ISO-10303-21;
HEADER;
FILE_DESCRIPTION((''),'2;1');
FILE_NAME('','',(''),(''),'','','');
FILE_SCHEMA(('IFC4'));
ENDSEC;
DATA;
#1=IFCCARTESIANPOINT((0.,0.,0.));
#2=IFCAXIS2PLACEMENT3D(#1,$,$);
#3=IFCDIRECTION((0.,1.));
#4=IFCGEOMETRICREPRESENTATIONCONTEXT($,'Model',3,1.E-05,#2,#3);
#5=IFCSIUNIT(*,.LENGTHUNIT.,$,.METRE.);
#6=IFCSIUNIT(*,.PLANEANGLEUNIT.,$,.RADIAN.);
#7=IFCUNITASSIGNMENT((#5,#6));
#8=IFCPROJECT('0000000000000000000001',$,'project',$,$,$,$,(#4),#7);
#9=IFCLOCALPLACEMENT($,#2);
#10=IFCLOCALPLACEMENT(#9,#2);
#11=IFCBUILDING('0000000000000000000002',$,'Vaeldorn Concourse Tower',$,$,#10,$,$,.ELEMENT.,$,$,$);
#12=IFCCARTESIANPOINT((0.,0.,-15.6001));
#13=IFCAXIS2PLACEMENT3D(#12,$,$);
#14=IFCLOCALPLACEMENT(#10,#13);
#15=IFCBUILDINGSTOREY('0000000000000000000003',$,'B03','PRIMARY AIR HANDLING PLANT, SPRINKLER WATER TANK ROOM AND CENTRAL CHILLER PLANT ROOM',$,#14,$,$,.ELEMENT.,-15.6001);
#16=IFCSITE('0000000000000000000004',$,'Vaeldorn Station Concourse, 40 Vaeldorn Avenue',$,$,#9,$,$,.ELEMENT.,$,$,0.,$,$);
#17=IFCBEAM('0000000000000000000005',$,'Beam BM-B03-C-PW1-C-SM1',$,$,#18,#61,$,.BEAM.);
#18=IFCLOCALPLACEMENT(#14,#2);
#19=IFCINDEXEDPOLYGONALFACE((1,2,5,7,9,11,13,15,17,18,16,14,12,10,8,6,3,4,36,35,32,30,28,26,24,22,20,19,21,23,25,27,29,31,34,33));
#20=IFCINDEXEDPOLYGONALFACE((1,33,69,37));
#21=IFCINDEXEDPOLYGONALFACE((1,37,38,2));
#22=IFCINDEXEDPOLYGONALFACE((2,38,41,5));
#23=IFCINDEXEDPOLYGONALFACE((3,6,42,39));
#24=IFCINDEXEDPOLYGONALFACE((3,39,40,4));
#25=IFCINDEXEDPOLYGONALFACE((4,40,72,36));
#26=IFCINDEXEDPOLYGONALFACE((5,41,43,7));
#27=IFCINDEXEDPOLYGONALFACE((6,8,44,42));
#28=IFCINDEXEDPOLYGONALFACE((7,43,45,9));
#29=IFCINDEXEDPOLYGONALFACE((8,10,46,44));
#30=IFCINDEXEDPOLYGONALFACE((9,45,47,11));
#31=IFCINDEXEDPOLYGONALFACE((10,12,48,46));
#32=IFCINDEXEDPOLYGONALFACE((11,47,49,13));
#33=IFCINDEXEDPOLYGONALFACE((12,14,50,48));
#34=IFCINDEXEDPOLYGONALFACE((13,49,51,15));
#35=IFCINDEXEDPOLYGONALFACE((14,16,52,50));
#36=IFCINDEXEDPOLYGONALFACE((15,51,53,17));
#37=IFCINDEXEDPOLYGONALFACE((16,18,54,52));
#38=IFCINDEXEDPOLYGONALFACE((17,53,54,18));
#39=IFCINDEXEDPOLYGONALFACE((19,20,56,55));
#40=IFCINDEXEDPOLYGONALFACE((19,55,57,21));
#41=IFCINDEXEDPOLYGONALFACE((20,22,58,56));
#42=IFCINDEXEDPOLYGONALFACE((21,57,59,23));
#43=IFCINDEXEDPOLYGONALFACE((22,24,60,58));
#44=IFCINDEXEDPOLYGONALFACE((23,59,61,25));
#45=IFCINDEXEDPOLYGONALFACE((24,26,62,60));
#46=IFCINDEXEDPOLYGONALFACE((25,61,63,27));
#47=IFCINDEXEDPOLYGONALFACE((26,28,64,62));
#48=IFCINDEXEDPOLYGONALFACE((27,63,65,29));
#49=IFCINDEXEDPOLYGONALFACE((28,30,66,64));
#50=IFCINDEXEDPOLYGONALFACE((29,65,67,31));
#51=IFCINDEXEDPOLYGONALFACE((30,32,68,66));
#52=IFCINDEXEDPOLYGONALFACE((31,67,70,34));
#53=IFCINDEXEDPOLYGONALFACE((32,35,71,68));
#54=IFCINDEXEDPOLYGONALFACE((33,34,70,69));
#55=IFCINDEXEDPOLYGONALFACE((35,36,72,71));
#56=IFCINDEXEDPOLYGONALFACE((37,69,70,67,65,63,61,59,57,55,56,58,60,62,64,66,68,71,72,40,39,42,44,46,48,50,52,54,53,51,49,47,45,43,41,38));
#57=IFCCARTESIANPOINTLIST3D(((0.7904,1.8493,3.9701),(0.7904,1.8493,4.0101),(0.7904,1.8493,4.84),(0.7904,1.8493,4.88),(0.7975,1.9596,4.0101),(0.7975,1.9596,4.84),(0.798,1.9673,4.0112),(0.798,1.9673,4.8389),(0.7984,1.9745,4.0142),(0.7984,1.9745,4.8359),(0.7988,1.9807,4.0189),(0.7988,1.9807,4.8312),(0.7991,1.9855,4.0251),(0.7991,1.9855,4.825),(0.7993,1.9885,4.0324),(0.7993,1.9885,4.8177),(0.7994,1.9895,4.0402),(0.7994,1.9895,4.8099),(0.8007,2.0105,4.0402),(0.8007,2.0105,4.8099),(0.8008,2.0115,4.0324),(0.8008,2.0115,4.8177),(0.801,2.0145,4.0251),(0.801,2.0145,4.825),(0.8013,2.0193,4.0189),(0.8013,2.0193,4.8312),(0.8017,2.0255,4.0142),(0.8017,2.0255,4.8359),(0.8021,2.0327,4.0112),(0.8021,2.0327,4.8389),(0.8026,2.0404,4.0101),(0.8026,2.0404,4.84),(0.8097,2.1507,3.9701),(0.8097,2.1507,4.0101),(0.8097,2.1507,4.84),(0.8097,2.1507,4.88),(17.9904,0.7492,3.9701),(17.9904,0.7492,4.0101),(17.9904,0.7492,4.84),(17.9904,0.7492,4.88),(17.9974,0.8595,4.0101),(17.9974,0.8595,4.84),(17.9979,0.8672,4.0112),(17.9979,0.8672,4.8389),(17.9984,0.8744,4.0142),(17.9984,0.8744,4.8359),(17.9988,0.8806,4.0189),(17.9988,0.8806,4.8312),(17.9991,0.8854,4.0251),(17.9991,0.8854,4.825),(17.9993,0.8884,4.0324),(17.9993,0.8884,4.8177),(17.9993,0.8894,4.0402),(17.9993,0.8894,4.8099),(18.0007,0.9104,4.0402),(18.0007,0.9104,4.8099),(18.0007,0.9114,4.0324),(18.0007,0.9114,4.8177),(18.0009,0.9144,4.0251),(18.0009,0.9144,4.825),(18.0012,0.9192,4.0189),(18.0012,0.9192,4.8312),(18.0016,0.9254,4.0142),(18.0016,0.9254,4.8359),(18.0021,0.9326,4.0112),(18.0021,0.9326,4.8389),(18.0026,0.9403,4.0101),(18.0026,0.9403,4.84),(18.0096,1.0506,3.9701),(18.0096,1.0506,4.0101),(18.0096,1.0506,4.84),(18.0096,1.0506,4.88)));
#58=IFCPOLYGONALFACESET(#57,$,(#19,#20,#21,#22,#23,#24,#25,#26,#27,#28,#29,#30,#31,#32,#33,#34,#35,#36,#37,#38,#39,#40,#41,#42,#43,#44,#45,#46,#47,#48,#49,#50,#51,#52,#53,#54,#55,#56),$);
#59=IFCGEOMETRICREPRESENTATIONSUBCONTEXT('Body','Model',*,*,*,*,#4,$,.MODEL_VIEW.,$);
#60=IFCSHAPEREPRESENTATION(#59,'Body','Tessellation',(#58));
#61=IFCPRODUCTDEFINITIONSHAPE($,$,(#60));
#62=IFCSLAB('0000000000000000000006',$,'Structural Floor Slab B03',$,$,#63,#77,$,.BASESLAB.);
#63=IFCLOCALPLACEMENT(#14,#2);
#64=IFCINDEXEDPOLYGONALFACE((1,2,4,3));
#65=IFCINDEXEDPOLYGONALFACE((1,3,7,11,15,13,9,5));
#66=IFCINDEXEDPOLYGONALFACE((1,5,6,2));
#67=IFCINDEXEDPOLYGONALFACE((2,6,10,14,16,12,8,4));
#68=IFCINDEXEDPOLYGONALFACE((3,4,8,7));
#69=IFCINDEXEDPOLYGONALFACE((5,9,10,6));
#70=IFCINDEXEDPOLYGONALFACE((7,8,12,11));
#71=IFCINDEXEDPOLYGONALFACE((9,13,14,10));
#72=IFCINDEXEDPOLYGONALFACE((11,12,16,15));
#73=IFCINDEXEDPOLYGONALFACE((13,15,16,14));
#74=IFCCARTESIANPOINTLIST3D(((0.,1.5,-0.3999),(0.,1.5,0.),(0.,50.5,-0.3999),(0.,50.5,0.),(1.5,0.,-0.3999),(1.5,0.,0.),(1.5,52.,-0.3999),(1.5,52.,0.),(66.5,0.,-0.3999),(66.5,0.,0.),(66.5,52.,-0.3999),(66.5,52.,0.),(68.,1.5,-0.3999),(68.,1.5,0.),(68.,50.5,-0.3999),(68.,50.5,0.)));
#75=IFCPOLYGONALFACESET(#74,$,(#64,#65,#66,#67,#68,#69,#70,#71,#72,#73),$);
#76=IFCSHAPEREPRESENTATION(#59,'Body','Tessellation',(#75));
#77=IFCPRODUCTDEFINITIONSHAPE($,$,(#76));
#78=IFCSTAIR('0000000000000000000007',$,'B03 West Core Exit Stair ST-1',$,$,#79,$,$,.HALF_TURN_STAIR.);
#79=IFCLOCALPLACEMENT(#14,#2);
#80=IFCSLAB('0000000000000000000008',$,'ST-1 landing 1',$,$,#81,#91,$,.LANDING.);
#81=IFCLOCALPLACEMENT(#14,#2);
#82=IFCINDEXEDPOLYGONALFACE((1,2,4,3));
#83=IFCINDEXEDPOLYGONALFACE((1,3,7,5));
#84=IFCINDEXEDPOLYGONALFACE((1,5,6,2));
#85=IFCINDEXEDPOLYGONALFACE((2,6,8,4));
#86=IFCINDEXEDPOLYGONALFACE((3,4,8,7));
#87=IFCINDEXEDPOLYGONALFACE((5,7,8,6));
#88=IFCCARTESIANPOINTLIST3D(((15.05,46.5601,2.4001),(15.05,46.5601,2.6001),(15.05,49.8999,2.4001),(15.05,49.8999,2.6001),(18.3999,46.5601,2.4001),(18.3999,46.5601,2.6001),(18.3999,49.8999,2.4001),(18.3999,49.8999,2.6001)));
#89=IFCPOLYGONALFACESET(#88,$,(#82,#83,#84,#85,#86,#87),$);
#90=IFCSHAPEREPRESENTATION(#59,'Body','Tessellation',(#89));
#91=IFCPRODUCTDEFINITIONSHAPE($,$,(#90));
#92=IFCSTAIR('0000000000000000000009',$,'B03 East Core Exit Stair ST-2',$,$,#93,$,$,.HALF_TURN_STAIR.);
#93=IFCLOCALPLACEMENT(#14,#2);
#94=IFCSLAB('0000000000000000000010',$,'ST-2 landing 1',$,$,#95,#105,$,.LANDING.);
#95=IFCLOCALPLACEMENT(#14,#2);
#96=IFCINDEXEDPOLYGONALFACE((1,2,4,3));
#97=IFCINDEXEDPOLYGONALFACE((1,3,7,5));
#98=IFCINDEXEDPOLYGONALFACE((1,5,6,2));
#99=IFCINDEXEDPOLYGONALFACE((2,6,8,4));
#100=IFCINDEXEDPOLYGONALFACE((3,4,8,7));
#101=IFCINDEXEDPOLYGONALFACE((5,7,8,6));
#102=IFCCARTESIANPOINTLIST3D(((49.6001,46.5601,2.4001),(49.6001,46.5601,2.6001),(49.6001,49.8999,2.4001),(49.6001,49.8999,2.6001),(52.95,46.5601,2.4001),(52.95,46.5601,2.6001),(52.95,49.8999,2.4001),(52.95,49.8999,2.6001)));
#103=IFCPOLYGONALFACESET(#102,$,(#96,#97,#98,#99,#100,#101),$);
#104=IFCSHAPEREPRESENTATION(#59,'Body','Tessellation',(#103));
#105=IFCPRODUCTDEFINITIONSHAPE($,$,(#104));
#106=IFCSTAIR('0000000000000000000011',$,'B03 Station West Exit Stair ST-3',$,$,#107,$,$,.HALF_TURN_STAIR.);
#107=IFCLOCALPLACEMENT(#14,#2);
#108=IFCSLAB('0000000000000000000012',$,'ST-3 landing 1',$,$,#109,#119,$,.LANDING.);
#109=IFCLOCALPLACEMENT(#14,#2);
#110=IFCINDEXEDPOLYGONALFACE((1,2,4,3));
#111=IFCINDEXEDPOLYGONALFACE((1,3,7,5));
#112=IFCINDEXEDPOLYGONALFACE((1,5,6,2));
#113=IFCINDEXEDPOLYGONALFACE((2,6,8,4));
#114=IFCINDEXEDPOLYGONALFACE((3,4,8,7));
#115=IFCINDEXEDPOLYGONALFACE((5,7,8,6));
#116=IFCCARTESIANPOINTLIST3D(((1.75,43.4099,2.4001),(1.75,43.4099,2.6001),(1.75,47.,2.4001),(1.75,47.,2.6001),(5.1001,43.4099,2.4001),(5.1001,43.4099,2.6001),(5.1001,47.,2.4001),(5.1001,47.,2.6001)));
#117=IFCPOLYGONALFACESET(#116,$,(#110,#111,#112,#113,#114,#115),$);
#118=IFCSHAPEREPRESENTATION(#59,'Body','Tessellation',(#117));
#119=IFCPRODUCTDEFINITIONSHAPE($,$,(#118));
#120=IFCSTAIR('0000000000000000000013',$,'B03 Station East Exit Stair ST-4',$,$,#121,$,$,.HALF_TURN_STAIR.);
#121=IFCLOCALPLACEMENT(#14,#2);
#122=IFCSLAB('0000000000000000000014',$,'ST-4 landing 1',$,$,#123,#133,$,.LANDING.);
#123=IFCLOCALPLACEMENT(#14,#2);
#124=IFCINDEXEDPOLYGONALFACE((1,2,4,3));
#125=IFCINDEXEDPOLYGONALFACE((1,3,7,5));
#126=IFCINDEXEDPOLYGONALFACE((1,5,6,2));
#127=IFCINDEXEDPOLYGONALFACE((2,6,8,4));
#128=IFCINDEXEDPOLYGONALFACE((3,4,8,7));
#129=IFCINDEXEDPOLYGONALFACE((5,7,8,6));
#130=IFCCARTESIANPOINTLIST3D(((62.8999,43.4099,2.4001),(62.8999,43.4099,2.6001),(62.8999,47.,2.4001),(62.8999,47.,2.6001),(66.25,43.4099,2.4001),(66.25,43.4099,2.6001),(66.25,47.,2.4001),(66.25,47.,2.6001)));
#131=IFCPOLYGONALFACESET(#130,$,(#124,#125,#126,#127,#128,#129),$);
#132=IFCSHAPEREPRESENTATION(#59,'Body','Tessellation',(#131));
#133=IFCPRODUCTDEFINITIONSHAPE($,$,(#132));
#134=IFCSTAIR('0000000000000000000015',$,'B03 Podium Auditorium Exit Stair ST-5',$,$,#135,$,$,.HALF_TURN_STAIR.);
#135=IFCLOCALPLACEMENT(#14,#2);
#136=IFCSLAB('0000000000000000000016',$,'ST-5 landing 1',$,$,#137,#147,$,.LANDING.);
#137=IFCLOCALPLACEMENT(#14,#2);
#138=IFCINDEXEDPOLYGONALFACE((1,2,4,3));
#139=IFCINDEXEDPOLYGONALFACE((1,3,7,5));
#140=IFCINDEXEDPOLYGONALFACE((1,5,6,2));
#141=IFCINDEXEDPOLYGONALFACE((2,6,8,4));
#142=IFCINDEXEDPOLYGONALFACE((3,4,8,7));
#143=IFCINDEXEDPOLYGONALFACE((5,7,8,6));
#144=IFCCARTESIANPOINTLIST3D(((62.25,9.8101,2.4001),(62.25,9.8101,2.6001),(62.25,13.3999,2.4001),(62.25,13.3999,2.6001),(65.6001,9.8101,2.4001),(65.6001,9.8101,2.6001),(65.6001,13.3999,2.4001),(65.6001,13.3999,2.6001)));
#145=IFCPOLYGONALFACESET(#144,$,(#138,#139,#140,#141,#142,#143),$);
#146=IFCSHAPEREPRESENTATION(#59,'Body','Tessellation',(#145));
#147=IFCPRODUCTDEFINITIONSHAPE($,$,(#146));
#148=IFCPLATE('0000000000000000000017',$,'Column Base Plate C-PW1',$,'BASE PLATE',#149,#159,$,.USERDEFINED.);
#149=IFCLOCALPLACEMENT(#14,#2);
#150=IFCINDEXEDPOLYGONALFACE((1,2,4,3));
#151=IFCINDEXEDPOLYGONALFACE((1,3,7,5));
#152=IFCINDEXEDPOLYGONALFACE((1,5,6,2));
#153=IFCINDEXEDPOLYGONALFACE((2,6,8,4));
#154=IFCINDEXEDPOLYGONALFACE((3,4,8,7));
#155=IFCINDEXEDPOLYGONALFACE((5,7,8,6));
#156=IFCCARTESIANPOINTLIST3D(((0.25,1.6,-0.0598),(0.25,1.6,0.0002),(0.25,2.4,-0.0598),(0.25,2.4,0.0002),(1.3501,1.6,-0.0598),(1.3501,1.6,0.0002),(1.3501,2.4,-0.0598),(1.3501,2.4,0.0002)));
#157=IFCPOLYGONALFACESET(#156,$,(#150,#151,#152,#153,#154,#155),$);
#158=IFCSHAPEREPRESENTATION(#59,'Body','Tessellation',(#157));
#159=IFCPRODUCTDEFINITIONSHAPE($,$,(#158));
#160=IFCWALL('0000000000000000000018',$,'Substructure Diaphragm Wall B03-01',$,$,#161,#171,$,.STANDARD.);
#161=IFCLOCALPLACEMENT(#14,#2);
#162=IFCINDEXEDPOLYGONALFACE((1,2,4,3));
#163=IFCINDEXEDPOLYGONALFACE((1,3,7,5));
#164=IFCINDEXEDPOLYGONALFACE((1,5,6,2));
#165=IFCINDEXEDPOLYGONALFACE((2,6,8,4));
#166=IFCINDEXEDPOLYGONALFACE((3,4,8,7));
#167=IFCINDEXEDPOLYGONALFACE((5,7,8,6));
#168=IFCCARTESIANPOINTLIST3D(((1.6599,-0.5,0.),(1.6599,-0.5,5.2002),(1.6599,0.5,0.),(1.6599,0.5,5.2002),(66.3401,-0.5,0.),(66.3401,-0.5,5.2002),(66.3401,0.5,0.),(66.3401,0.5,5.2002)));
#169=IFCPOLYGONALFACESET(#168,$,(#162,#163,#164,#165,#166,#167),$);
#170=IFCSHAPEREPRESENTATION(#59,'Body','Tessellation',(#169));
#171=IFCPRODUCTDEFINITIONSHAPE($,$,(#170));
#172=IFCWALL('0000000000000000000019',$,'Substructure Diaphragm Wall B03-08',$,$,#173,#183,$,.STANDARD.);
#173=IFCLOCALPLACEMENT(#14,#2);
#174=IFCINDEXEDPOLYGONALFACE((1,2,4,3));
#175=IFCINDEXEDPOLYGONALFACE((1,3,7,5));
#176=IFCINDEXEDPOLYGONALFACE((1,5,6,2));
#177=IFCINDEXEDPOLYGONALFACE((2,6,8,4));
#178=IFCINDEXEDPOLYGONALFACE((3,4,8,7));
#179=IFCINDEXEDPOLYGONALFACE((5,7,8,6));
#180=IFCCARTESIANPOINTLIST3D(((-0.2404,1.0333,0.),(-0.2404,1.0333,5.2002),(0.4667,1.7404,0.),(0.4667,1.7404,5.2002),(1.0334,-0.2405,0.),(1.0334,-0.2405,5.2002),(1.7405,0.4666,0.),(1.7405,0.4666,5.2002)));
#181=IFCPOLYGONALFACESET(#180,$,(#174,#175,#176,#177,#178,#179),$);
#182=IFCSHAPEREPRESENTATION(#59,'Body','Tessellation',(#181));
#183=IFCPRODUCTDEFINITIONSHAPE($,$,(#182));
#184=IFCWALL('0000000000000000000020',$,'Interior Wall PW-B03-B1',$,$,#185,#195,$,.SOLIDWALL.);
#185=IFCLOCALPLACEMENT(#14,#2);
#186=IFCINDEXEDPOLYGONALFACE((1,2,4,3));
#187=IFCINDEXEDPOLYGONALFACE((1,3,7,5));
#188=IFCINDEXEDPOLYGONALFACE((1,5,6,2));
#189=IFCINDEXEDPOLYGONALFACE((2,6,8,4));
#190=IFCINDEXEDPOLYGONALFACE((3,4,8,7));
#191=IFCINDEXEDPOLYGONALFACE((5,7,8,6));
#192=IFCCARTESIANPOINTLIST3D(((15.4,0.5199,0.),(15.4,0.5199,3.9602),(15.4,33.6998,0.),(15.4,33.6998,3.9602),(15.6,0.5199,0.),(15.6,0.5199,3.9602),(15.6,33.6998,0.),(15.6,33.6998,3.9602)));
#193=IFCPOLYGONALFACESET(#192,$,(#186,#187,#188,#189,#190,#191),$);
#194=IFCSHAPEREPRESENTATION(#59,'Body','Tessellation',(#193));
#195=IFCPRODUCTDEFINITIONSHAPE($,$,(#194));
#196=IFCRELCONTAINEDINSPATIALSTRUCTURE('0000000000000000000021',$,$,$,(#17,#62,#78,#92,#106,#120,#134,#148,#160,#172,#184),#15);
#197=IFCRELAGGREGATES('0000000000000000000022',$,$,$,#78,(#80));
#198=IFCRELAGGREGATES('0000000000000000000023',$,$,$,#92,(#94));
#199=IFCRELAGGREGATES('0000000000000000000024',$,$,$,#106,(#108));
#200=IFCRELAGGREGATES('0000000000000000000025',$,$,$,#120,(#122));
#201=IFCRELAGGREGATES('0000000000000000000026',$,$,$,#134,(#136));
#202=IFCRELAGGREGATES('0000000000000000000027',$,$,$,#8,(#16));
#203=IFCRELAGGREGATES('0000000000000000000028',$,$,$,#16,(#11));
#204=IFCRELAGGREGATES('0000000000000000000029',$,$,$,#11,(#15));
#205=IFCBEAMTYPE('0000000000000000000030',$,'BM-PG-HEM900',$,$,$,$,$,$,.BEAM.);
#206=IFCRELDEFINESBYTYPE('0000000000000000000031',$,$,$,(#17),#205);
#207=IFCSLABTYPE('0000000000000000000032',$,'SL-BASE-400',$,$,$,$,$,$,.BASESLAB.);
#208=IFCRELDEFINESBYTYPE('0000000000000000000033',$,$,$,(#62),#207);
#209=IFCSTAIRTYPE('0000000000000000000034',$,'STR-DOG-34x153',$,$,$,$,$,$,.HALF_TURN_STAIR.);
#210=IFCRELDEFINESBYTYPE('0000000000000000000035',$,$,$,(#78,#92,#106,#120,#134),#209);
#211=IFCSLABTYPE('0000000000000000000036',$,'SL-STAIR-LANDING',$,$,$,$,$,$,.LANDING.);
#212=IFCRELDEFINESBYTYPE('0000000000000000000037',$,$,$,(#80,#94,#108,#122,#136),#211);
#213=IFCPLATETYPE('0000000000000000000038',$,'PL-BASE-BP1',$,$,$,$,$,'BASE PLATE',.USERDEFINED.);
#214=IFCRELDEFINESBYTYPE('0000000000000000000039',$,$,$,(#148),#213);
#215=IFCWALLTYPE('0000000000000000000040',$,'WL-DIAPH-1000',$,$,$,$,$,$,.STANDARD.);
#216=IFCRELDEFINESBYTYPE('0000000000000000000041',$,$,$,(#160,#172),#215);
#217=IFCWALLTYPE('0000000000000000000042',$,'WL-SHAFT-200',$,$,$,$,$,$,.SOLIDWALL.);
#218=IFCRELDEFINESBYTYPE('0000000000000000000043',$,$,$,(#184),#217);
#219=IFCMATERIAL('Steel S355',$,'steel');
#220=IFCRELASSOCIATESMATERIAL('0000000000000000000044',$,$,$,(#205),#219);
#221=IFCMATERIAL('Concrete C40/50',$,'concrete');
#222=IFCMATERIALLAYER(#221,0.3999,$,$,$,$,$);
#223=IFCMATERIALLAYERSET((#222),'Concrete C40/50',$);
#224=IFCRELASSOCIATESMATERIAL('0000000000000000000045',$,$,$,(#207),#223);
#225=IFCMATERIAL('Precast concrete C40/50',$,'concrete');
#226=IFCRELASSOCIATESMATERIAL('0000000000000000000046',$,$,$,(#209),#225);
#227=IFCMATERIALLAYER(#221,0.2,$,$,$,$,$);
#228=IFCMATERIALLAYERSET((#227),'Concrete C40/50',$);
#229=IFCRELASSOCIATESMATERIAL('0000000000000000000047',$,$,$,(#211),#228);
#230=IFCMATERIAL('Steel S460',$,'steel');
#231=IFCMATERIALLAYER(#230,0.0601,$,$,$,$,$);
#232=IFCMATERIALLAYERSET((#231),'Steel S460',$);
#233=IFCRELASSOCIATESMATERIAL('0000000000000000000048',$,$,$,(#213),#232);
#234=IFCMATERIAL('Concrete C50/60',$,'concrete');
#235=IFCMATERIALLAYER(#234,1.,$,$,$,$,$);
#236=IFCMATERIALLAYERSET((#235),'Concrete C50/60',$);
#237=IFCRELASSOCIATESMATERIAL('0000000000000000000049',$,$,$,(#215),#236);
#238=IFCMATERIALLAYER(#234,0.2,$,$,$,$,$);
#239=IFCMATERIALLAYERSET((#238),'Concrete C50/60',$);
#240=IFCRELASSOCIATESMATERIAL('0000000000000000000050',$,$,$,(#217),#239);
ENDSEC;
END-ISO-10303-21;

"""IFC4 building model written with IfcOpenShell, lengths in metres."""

from ifc_helpers import new_model, si_unit, direction, frame, frame_2d, origin, origin_2d, place, context, subcontext, project, spatial, polyline, rectangle, i_section, outline, extrude, source, transform, mapped, material, layer, layer_set, material_profile, profile_set, type_object, element, aggregate, save


model = new_model("IFC4")

# Units and contexts
model_context = context("Model", 3, precision=1e-05, world=origin(), true_north=direction((0.0, 1.0)))
body_context = subcontext(model_context, "Body", "Model", "MODEL_VIEW")
ifc_project = project(units=[si_unit("LENGTHUNIT", "METRE"), si_unit("PLANEANGLEUNIT", "RADIAN")], contexts=[model_context])

# Site, building, storey
site_placement = place(None, origin())
site = spatial("IfcSite", under=ifc_project, at=site_placement, Name="Vaeldorn Station Concourse, 40 Vaeldorn Avenue", CompositionType="ELEMENT", RefElevation=0.0)
building_placement = place(site_placement, origin())
building = spatial("IfcBuilding", under=site, at=building_placement, Name="Vaeldorn Concourse Tower", CompositionType="ELEMENT")
storey_placement = place(building_placement, frame((0.0, 0.0, -15.6001)))
storey = spatial("IfcBuildingStorey", under=building, at=storey_placement, Name="B03", Description="PRIMARY AIR HANDLING PLANT, SPRINKLER WATER TANK ROOM AND CENTRAL CHILLER PLANT ROOM", CompositionType="ELEMENT", Elevation=-15.6001)

# Shared definitions
ifc_material_1 = material(Name="Concrete C50/60", Category="concrete")

# Shared definitions
ifc_material_2 = material(Name="Steel S460", Category="steel")

# Beam
ifc_material_3 = material(Name="Steel S355", Category="steel")
ifc_material_profile_1 = material_profile(ifc_material_3, i_section(OverallWidth=0.302, OverallDepth=0.9099, WebThickness=0.021, FlangeThickness=0.04, FilletRadius=0.03, at=origin_2d()), Name="HEM 900")
ifc_profile_set_1 = profile_set([ifc_material_profile_1], Name="Steel S355")
beam_type = type_object("IfcBeamType", Name="BM-PG-HEM900", PredefinedType="BEAM", material=ifc_profile_set_1)
shared_shape_1 = source(origin(), body_context, "Body", "SweptSolid", [
    extrude(i_section(OverallWidth=0.302, OverallDepth=0.9099, WebThickness=0.021, FlangeThickness=0.04, FilletRadius=0.03, at=origin_2d()), origin(), (0.0, 0.0, 1.0), 17.2351),
])
beam_1_placement = place(storey_placement, frame((0.8, 2.0, 4.425), z_axis=(0.997961, -0.063829, 0.0), x_axis=(0.063829, 0.997961, 0.0)))
element("IfcBeam", 1, at=beam_1_placement, inside=storey, type_object=beam_type, Name="Beam BM-B03-C-PW1-C-SM1", PredefinedType="BEAM", context=body_context, shape_type="MappedRepresentation", body=[
    mapped(shared_shape_1, transform((0.0, 0.0, 0.0), scale=1.0)),
])

# Slab
ifc_material_4 = material(Name="Concrete C40/50", Category="concrete")
ifc_layer_1 = layer(ifc_material_4, 0.3999)
ifc_layer_set_1 = layer_set([ifc_layer_1], Name="Concrete C40/50")
slab_type_1 = type_object("IfcSlabType", Name="SL-BASE-400", PredefinedType="BASESLAB", material=ifc_layer_set_1)
slab_1_placement = place(storey_placement, frame((0.0, 0.0, -0.3999)))
element("IfcSlab", 2, at=slab_1_placement, inside=storey, type_object=slab_type_1, Name="Structural Floor Slab B03", PredefinedType="BASESLAB", context=body_context, shape_type="SweptSolid", body=[
    extrude(outline(polyline([(1.5, 0.0), (66.5, 0.0), (68.0, 1.5), (68.0, 50.5), (66.5, 52.0), (1.5, 52.0), (0.0, 50.5), (0.0, 1.5), (1.5, 0.0)])), origin(), (0.0, 0.0, 1.0), 0.3999),
])

# Stairs, slabs
ifc_material_5 = material(Name="Precast concrete C40/50", Category="concrete")
stair_type = type_object("IfcStairType", Name="STR-DOG-34x153", PredefinedType="HALF_TURN_STAIR", material=ifc_material_5)
stair_1_placement = place(storey_placement, origin())
stair_1 = element("IfcStair", 3, at=stair_1_placement, inside=storey, type_object=stair_type, Name="B03 West Core Exit Stair ST-1", PredefinedType="HALF_TURN_STAIR")
ifc_layer_2 = layer(ifc_material_4, 0.2)
ifc_layer_set_2 = layer_set([ifc_layer_2], Name="Concrete C40/50")
slab_type_2 = type_object("IfcSlabType", Name="SL-STAIR-LANDING", PredefinedType="LANDING", material=ifc_layer_set_2)
slab_2_placement = place(storey_placement, frame((0.0, 0.0, 2.4001)))
slab_2 = element("IfcSlab", 4, at=slab_2_placement, type_object=slab_type_2, Name="ST-1 landing 1", PredefinedType="LANDING", context=body_context, shape_type="SweptSolid", body=[
    extrude(outline(polyline([(18.3999, 46.5601), (18.3999, 49.8999), (15.05, 49.8999), (15.05, 46.5601), (18.3999, 46.5601)])), origin(), (0.0, 0.0, 1.0), 0.2),
])
aggregate(stair_1, [slab_2])
stair_2_placement = place(storey_placement, origin())
stair_2 = element("IfcStair", 5, at=stair_2_placement, inside=storey, type_object=stair_type, Name="B03 East Core Exit Stair ST-2", PredefinedType="HALF_TURN_STAIR")
slab_3_placement = place(storey_placement, frame((0.0, 0.0, 2.4001)))
slab_3 = element("IfcSlab", 6, at=slab_3_placement, type_object=slab_type_2, Name="ST-2 landing 1", PredefinedType="LANDING", context=body_context, shape_type="SweptSolid", body=[
    extrude(outline(polyline([(52.95, 46.5601), (52.95, 49.8999), (49.6001, 49.8999), (49.6001, 46.5601), (52.95, 46.5601)])), origin(), (0.0, 0.0, 1.0), 0.2),
])
aggregate(stair_2, [slab_3])
stair_3_placement = place(storey_placement, origin())
stair_3 = element("IfcStair", 7, at=stair_3_placement, inside=storey, type_object=stair_type, Name="B03 Station West Exit Stair ST-3", PredefinedType="HALF_TURN_STAIR")
slab_4_placement = place(storey_placement, frame((0.0, 0.0, 2.4001)))
slab_4 = element("IfcSlab", 8, at=slab_4_placement, type_object=slab_type_2, Name="ST-3 landing 1", PredefinedType="LANDING", context=body_context, shape_type="SweptSolid", body=[
    extrude(outline(polyline([(5.1001, 43.4099), (5.1001, 47.0), (1.75, 47.0), (1.75, 43.4099), (5.1001, 43.4099)])), origin(), (0.0, 0.0, 1.0), 0.2),
])
aggregate(stair_3, [slab_4])
stair_4_placement = place(storey_placement, origin())
stair_4 = element("IfcStair", 9, at=stair_4_placement, inside=storey, type_object=stair_type, Name="B03 Station East Exit Stair ST-4", PredefinedType="HALF_TURN_STAIR")
slab_5_placement = place(storey_placement, frame((0.0, 0.0, 2.4001)))
slab_5 = element("IfcSlab", 10, at=slab_5_placement, type_object=slab_type_2, Name="ST-4 landing 1", PredefinedType="LANDING", context=body_context, shape_type="SweptSolid", body=[
    extrude(outline(polyline([(66.25, 43.4099), (66.25, 47.0), (62.8999, 47.0), (62.8999, 43.4099), (66.25, 43.4099)])), origin(), (0.0, 0.0, 1.0), 0.2),
])
aggregate(stair_4, [slab_5])
stair_5_placement = place(storey_placement, origin())
stair_5 = element("IfcStair", 11, at=stair_5_placement, inside=storey, type_object=stair_type, Name="B03 Podium Auditorium Exit Stair ST-5", PredefinedType="HALF_TURN_STAIR")
slab_6_placement = place(storey_placement, frame((0.0, 0.0, 2.4001)))
slab_6 = element("IfcSlab", 12, at=slab_6_placement, type_object=slab_type_2, Name="ST-5 landing 1", PredefinedType="LANDING", context=body_context, shape_type="SweptSolid", body=[
    extrude(outline(polyline([(65.6001, 9.8101), (65.6001, 13.3999), (62.25, 13.3999), (62.25, 9.8101), (65.6001, 9.8101)])), origin(), (0.0, 0.0, 1.0), 0.2),
])
aggregate(stair_5, [slab_6])

# Plate
ifc_layer_3 = layer(ifc_material_2, 0.0601)
ifc_layer_set_3 = layer_set([ifc_layer_3], Name="Steel S460")
plate_type = type_object("IfcPlateType", Name="PL-BASE-BP1", ElementType="BASE PLATE", PredefinedType="USERDEFINED", material=ifc_layer_set_3)
shared_shape_2 = source(origin(), body_context, "Body", "SweptSolid", [
    extrude(rectangle(XDim=1.1001, YDim=0.8, at=origin_2d()), origin(), (0.0, 0.0, 1.0), 0.0601),
])
plate_placement = place(storey_placement, frame((0.8, 2.0, -0.0598), z_axis=(0.0, 0.0, 1.0), x_axis=(1.0, 0.0, 0.0)))
element("IfcPlate", 13, at=plate_placement, inside=storey, type_object=plate_type, Name="Column Base Plate C-PW1", ObjectType="BASE PLATE", PredefinedType="USERDEFINED", context=body_context, shape_type="MappedRepresentation", body=[
    mapped(shared_shape_2, transform((0.0, 0.0, 0.0), scale=1.0)),
])

# Walls
ifc_layer_4 = layer(ifc_material_1, 1.0)
ifc_layer_set_4 = layer_set([ifc_layer_4], Name="Concrete C50/60")
wall_type_1 = type_object("IfcWallType", Name="WL-DIAPH-1000", PredefinedType="STANDARD", material=ifc_layer_set_4)
wall_1_placement = place(storey_placement, frame((1.6599, 0.0, 0.0), z_axis=(0.0, 0.0, 1.0), x_axis=(1.0, 0.0, 0.0)))
element("IfcWall", 14, at=wall_1_placement, inside=storey, type_object=wall_type_1, Name="Substructure Diaphragm Wall B03-01", PredefinedType="STANDARD", context=body_context, shape_type="SweptSolid", body=[
    extrude(rectangle(XDim=64.6802, YDim=1.0, at=frame_2d((32.3401, 0.0))), origin(), (0.0, 0.0, 1.0), 5.2002),
])
wall_2_placement = place(storey_placement, frame((0.113, 1.387, 0.0), z_axis=(0.0, 0.0, 1.0), x_axis=(0.707107, -0.707107, 0.0)))
element("IfcWall", 15, at=wall_2_placement, inside=storey, type_object=wall_type_1, Name="Substructure Diaphragm Wall B03-08", PredefinedType="STANDARD", context=body_context, shape_type="SweptSolid", body=[
    extrude(rectangle(XDim=1.8015, YDim=1.0, at=frame_2d((0.9009, 0.0))), origin(), (0.0, 0.0, 1.0), 5.2002),
])
ifc_layer_5 = layer(ifc_material_1, 0.2)
ifc_layer_set_5 = layer_set([ifc_layer_5], Name="Concrete C50/60")
wall_type_2 = type_object("IfcWallType", Name="WL-SHAFT-200", PredefinedType="SOLIDWALL", material=ifc_layer_set_5)
wall_3_placement = place(storey_placement, frame((15.5, 0.52, 0.0), z_axis=(0.0, 0.0, 1.0), x_axis=(0.0, 1.0, 0.0)))
element("IfcWall", 16, at=wall_3_placement, inside=storey, type_object=wall_type_2, Name="Interior Wall PW-B03-B1", PredefinedType="SOLIDWALL", context=body_context, shape_type="SweptSolid", body=[
    extrude(rectangle(XDim=33.1799, YDim=0.2, at=frame_2d((16.5898, 0.0))), origin(), (0.0, 0.0, 1.0), 3.9602),
])

save(model, "model.ifc")
